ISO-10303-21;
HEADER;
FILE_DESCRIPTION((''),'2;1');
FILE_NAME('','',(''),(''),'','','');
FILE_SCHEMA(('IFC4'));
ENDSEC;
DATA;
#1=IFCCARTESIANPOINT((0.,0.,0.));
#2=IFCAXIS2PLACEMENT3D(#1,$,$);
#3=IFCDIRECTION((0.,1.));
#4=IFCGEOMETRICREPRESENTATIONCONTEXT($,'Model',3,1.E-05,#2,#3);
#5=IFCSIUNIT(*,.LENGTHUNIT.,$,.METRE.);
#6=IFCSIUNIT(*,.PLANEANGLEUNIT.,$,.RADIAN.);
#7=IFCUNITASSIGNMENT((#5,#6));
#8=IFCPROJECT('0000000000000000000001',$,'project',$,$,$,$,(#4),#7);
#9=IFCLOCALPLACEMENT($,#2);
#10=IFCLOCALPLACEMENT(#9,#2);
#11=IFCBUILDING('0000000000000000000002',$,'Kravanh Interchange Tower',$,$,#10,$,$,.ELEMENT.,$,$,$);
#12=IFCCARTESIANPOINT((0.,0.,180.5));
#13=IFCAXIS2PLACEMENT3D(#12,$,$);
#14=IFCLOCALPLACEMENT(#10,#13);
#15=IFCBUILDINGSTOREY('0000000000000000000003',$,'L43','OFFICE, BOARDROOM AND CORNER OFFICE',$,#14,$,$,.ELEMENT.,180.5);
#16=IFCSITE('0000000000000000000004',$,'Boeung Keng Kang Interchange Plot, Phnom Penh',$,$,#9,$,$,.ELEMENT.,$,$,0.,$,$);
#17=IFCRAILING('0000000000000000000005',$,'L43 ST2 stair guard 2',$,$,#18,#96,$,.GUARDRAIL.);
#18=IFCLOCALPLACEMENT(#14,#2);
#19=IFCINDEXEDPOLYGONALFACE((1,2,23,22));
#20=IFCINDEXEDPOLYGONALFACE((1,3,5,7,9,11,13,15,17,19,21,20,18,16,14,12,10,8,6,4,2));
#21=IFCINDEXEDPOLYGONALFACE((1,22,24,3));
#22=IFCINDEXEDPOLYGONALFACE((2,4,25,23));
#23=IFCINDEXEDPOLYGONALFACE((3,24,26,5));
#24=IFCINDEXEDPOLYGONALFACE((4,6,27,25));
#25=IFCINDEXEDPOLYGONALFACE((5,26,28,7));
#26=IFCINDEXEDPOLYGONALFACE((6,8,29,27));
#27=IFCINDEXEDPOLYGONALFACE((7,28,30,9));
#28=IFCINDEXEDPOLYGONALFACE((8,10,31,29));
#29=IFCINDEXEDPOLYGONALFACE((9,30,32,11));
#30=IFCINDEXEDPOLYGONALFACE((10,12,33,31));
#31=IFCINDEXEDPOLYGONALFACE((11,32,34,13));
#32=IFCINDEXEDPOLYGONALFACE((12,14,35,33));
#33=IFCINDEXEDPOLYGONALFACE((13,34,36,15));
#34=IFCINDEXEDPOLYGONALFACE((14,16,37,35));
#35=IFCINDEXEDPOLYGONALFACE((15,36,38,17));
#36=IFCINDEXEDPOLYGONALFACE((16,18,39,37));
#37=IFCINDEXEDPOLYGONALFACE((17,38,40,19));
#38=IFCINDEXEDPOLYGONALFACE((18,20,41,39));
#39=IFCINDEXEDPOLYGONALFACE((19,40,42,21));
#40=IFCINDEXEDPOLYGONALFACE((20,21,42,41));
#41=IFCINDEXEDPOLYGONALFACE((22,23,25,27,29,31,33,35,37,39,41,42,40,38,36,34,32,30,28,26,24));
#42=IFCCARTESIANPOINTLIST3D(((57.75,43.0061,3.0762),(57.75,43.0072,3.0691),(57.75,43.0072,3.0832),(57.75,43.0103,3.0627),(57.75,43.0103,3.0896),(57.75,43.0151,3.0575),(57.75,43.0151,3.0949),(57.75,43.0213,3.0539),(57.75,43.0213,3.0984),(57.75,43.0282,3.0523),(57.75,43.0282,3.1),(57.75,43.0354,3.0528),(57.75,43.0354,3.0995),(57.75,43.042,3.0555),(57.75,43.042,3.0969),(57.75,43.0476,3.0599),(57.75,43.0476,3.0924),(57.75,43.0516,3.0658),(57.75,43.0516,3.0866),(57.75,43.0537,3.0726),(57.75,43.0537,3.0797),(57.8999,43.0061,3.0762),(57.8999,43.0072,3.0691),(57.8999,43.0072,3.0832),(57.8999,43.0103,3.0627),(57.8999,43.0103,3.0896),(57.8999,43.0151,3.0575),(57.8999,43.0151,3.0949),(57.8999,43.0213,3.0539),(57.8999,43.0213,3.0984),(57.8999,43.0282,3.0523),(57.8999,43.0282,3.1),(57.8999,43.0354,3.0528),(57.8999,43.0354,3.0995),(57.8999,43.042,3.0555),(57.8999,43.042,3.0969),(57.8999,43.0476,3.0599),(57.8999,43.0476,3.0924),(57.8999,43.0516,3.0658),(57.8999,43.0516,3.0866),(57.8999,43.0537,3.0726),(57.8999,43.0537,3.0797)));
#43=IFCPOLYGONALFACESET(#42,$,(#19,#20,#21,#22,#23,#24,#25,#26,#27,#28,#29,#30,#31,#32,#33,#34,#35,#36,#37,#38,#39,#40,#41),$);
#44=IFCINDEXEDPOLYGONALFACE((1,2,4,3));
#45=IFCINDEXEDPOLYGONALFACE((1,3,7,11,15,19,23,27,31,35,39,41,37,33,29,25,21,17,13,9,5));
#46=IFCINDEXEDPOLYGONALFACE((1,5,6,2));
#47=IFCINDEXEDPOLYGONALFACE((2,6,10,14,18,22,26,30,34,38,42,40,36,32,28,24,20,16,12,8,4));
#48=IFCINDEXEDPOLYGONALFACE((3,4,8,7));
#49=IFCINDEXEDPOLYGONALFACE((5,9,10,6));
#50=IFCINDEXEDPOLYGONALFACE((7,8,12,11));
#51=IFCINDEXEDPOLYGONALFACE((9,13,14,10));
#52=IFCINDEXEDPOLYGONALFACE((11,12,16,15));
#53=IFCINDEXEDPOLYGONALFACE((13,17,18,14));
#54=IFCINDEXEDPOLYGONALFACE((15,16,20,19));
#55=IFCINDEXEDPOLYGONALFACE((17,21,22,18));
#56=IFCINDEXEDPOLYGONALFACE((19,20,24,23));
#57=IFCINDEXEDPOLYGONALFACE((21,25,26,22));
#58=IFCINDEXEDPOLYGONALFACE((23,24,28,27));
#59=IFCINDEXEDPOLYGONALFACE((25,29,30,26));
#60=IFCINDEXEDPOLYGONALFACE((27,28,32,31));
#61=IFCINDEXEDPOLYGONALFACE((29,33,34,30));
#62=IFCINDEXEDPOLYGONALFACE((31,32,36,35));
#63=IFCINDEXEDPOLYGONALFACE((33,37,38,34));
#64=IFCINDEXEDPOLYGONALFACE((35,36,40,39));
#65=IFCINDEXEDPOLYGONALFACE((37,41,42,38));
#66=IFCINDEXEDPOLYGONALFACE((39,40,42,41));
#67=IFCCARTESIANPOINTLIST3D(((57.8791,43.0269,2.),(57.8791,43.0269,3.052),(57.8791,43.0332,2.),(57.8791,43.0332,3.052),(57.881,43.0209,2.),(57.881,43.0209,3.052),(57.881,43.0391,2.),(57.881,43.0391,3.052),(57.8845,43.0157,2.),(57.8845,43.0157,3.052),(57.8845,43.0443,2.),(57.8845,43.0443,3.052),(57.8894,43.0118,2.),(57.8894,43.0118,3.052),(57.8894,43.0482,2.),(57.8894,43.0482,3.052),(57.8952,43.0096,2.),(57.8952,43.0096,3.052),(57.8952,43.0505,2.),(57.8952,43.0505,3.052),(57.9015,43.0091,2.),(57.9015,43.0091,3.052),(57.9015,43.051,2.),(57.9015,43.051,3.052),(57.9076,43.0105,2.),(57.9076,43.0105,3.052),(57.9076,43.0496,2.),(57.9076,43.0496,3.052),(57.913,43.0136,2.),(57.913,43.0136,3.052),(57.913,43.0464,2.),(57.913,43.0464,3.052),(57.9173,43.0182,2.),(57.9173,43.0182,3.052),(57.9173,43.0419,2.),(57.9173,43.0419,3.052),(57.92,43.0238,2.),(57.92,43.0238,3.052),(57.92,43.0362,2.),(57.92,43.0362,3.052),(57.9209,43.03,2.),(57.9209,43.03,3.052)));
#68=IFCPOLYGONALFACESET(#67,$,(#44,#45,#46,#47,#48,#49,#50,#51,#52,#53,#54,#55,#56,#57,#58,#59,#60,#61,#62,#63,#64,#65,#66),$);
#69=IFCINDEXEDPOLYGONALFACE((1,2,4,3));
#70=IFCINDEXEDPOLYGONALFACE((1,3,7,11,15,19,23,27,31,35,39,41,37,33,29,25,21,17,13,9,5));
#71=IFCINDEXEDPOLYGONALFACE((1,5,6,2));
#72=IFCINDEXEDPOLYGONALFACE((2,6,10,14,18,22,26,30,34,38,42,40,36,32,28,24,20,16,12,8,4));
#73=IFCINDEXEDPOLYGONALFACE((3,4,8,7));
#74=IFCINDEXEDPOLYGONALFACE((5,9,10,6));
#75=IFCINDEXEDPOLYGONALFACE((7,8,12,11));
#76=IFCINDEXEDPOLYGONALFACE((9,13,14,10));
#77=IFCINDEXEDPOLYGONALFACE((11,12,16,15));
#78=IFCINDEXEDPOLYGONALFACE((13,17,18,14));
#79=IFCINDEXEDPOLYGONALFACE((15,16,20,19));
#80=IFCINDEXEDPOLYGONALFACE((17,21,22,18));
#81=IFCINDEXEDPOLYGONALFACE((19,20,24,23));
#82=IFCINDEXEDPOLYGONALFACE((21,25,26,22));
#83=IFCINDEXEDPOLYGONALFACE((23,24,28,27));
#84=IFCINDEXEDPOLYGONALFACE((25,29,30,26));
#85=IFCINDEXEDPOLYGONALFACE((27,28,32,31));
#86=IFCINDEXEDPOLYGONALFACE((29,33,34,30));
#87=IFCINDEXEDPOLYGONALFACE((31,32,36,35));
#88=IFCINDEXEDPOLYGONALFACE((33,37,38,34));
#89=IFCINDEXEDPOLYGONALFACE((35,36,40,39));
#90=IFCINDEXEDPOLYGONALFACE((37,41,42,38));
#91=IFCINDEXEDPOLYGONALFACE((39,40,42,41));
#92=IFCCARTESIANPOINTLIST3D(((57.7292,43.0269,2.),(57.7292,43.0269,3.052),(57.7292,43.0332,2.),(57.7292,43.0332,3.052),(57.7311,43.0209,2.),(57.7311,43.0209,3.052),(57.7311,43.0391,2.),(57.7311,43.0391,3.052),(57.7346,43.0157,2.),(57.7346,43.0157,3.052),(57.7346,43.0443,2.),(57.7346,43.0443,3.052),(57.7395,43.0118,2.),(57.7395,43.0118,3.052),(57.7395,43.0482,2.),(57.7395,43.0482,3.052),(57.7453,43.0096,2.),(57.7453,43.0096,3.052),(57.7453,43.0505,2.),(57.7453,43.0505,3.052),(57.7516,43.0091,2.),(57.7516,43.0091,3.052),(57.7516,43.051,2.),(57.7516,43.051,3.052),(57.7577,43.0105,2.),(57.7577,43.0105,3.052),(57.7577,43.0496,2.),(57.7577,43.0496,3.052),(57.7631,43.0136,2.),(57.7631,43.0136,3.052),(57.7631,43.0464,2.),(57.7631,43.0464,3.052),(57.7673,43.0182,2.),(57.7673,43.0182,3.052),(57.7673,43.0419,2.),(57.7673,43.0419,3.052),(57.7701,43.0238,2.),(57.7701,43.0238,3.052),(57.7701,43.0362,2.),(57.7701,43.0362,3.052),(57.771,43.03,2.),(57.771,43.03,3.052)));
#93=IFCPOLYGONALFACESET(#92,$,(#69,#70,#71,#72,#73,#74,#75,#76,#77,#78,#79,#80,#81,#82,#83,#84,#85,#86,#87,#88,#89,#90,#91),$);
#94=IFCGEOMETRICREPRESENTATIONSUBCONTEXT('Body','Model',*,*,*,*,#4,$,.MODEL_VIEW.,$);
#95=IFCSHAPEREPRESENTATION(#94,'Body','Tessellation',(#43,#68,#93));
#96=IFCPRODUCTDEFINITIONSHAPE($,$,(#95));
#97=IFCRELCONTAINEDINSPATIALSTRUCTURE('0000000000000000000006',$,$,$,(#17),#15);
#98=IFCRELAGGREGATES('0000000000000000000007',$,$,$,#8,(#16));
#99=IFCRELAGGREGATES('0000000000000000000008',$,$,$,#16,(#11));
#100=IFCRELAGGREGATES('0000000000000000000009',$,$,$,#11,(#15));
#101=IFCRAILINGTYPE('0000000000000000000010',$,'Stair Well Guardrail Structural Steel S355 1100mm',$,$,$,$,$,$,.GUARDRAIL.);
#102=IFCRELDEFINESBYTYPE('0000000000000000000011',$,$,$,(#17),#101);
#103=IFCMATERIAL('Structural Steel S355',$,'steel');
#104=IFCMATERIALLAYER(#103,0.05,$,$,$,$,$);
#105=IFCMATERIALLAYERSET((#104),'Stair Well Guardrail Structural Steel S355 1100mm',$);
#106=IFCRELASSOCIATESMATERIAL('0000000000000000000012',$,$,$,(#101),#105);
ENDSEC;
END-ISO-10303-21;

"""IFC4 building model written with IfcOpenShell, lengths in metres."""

from ifc_helpers import new_model, si_unit, direction, frame, origin, origin_2d, place, context, subcontext, project, spatial, circle, extrude, material, layer, layer_set, type_object, element, save


model = new_model("IFC4")

# Units and contexts
model_context = context("Model", 3, precision=1e-05, world=origin(), true_north=direction((0.0, 1.0)))
body_context = subcontext(model_context, "Body", "Model", "MODEL_VIEW")
ifc_project = project(units=[si_unit("LENGTHUNIT", "METRE"), si_unit("PLANEANGLEUNIT", "RADIAN")], contexts=[model_context])

# Site, building, storey
site_placement = place(None, origin())
site = spatial("IfcSite", under=ifc_project, at=site_placement, Name="Boeung Keng Kang Interchange Plot, Phnom Penh", CompositionType="ELEMENT", RefElevation=0.0)
building_placement = place(site_placement, origin())
building = spatial("IfcBuilding", under=site, at=building_placement, Name="Kravanh Interchange Tower", CompositionType="ELEMENT")
storey_placement = place(building_placement, frame((0.0, 0.0, 180.5)))
storey = spatial("IfcBuildingStorey", under=building, at=storey_placement, Name="L43", Description="OFFICE, BOARDROOM AND CORNER OFFICE", CompositionType="ELEMENT", Elevation=180.5)

# Railing
ifc_material_1 = material(Name="Structural Steel S355", Category="steel")
ifc_layer_1 = layer(ifc_material_1, 0.05)
ifc_layer_set_1 = layer_set([ifc_layer_1], Name="Stair Well Guardrail Structural Steel S355 1100mm")
railing_type_1 = type_object("IfcRailingType", Name="Stair Well Guardrail Structural Steel S355 1100mm", PredefinedType="GUARDRAIL", material=ifc_layer_set_1)
railing_1_placement = place(storey_placement, frame((57.8999, 43.03, 2.0)))
element("IfcRailing", 1, at=railing_1_placement, inside=storey, type_object=railing_type_1, Name="L43 ST2 stair guard 2", PredefinedType="GUARDRAIL", context=body_context, shape_type="SweptSolid", body=[
    extrude(circle(Radius=0.0239, at=origin_2d()), frame((0.0, 0.0, 1.0762), z_axis=(-1.0, 0.0, 0.0), x_axis=(0.0, -1.0, 0.0)), (0.0, 0.0, 1.0), 0.1499),
    extrude(circle(Radius=0.021, at=origin_2d()), origin(), (0.0, 0.0, 1.0), 1.052),
    extrude(circle(Radius=0.021, at=origin_2d()), frame((-0.1499, 0.0, 0.0)), (0.0, 0.0, 1.0), 1.052),
])

save(model, "model.ifc")
